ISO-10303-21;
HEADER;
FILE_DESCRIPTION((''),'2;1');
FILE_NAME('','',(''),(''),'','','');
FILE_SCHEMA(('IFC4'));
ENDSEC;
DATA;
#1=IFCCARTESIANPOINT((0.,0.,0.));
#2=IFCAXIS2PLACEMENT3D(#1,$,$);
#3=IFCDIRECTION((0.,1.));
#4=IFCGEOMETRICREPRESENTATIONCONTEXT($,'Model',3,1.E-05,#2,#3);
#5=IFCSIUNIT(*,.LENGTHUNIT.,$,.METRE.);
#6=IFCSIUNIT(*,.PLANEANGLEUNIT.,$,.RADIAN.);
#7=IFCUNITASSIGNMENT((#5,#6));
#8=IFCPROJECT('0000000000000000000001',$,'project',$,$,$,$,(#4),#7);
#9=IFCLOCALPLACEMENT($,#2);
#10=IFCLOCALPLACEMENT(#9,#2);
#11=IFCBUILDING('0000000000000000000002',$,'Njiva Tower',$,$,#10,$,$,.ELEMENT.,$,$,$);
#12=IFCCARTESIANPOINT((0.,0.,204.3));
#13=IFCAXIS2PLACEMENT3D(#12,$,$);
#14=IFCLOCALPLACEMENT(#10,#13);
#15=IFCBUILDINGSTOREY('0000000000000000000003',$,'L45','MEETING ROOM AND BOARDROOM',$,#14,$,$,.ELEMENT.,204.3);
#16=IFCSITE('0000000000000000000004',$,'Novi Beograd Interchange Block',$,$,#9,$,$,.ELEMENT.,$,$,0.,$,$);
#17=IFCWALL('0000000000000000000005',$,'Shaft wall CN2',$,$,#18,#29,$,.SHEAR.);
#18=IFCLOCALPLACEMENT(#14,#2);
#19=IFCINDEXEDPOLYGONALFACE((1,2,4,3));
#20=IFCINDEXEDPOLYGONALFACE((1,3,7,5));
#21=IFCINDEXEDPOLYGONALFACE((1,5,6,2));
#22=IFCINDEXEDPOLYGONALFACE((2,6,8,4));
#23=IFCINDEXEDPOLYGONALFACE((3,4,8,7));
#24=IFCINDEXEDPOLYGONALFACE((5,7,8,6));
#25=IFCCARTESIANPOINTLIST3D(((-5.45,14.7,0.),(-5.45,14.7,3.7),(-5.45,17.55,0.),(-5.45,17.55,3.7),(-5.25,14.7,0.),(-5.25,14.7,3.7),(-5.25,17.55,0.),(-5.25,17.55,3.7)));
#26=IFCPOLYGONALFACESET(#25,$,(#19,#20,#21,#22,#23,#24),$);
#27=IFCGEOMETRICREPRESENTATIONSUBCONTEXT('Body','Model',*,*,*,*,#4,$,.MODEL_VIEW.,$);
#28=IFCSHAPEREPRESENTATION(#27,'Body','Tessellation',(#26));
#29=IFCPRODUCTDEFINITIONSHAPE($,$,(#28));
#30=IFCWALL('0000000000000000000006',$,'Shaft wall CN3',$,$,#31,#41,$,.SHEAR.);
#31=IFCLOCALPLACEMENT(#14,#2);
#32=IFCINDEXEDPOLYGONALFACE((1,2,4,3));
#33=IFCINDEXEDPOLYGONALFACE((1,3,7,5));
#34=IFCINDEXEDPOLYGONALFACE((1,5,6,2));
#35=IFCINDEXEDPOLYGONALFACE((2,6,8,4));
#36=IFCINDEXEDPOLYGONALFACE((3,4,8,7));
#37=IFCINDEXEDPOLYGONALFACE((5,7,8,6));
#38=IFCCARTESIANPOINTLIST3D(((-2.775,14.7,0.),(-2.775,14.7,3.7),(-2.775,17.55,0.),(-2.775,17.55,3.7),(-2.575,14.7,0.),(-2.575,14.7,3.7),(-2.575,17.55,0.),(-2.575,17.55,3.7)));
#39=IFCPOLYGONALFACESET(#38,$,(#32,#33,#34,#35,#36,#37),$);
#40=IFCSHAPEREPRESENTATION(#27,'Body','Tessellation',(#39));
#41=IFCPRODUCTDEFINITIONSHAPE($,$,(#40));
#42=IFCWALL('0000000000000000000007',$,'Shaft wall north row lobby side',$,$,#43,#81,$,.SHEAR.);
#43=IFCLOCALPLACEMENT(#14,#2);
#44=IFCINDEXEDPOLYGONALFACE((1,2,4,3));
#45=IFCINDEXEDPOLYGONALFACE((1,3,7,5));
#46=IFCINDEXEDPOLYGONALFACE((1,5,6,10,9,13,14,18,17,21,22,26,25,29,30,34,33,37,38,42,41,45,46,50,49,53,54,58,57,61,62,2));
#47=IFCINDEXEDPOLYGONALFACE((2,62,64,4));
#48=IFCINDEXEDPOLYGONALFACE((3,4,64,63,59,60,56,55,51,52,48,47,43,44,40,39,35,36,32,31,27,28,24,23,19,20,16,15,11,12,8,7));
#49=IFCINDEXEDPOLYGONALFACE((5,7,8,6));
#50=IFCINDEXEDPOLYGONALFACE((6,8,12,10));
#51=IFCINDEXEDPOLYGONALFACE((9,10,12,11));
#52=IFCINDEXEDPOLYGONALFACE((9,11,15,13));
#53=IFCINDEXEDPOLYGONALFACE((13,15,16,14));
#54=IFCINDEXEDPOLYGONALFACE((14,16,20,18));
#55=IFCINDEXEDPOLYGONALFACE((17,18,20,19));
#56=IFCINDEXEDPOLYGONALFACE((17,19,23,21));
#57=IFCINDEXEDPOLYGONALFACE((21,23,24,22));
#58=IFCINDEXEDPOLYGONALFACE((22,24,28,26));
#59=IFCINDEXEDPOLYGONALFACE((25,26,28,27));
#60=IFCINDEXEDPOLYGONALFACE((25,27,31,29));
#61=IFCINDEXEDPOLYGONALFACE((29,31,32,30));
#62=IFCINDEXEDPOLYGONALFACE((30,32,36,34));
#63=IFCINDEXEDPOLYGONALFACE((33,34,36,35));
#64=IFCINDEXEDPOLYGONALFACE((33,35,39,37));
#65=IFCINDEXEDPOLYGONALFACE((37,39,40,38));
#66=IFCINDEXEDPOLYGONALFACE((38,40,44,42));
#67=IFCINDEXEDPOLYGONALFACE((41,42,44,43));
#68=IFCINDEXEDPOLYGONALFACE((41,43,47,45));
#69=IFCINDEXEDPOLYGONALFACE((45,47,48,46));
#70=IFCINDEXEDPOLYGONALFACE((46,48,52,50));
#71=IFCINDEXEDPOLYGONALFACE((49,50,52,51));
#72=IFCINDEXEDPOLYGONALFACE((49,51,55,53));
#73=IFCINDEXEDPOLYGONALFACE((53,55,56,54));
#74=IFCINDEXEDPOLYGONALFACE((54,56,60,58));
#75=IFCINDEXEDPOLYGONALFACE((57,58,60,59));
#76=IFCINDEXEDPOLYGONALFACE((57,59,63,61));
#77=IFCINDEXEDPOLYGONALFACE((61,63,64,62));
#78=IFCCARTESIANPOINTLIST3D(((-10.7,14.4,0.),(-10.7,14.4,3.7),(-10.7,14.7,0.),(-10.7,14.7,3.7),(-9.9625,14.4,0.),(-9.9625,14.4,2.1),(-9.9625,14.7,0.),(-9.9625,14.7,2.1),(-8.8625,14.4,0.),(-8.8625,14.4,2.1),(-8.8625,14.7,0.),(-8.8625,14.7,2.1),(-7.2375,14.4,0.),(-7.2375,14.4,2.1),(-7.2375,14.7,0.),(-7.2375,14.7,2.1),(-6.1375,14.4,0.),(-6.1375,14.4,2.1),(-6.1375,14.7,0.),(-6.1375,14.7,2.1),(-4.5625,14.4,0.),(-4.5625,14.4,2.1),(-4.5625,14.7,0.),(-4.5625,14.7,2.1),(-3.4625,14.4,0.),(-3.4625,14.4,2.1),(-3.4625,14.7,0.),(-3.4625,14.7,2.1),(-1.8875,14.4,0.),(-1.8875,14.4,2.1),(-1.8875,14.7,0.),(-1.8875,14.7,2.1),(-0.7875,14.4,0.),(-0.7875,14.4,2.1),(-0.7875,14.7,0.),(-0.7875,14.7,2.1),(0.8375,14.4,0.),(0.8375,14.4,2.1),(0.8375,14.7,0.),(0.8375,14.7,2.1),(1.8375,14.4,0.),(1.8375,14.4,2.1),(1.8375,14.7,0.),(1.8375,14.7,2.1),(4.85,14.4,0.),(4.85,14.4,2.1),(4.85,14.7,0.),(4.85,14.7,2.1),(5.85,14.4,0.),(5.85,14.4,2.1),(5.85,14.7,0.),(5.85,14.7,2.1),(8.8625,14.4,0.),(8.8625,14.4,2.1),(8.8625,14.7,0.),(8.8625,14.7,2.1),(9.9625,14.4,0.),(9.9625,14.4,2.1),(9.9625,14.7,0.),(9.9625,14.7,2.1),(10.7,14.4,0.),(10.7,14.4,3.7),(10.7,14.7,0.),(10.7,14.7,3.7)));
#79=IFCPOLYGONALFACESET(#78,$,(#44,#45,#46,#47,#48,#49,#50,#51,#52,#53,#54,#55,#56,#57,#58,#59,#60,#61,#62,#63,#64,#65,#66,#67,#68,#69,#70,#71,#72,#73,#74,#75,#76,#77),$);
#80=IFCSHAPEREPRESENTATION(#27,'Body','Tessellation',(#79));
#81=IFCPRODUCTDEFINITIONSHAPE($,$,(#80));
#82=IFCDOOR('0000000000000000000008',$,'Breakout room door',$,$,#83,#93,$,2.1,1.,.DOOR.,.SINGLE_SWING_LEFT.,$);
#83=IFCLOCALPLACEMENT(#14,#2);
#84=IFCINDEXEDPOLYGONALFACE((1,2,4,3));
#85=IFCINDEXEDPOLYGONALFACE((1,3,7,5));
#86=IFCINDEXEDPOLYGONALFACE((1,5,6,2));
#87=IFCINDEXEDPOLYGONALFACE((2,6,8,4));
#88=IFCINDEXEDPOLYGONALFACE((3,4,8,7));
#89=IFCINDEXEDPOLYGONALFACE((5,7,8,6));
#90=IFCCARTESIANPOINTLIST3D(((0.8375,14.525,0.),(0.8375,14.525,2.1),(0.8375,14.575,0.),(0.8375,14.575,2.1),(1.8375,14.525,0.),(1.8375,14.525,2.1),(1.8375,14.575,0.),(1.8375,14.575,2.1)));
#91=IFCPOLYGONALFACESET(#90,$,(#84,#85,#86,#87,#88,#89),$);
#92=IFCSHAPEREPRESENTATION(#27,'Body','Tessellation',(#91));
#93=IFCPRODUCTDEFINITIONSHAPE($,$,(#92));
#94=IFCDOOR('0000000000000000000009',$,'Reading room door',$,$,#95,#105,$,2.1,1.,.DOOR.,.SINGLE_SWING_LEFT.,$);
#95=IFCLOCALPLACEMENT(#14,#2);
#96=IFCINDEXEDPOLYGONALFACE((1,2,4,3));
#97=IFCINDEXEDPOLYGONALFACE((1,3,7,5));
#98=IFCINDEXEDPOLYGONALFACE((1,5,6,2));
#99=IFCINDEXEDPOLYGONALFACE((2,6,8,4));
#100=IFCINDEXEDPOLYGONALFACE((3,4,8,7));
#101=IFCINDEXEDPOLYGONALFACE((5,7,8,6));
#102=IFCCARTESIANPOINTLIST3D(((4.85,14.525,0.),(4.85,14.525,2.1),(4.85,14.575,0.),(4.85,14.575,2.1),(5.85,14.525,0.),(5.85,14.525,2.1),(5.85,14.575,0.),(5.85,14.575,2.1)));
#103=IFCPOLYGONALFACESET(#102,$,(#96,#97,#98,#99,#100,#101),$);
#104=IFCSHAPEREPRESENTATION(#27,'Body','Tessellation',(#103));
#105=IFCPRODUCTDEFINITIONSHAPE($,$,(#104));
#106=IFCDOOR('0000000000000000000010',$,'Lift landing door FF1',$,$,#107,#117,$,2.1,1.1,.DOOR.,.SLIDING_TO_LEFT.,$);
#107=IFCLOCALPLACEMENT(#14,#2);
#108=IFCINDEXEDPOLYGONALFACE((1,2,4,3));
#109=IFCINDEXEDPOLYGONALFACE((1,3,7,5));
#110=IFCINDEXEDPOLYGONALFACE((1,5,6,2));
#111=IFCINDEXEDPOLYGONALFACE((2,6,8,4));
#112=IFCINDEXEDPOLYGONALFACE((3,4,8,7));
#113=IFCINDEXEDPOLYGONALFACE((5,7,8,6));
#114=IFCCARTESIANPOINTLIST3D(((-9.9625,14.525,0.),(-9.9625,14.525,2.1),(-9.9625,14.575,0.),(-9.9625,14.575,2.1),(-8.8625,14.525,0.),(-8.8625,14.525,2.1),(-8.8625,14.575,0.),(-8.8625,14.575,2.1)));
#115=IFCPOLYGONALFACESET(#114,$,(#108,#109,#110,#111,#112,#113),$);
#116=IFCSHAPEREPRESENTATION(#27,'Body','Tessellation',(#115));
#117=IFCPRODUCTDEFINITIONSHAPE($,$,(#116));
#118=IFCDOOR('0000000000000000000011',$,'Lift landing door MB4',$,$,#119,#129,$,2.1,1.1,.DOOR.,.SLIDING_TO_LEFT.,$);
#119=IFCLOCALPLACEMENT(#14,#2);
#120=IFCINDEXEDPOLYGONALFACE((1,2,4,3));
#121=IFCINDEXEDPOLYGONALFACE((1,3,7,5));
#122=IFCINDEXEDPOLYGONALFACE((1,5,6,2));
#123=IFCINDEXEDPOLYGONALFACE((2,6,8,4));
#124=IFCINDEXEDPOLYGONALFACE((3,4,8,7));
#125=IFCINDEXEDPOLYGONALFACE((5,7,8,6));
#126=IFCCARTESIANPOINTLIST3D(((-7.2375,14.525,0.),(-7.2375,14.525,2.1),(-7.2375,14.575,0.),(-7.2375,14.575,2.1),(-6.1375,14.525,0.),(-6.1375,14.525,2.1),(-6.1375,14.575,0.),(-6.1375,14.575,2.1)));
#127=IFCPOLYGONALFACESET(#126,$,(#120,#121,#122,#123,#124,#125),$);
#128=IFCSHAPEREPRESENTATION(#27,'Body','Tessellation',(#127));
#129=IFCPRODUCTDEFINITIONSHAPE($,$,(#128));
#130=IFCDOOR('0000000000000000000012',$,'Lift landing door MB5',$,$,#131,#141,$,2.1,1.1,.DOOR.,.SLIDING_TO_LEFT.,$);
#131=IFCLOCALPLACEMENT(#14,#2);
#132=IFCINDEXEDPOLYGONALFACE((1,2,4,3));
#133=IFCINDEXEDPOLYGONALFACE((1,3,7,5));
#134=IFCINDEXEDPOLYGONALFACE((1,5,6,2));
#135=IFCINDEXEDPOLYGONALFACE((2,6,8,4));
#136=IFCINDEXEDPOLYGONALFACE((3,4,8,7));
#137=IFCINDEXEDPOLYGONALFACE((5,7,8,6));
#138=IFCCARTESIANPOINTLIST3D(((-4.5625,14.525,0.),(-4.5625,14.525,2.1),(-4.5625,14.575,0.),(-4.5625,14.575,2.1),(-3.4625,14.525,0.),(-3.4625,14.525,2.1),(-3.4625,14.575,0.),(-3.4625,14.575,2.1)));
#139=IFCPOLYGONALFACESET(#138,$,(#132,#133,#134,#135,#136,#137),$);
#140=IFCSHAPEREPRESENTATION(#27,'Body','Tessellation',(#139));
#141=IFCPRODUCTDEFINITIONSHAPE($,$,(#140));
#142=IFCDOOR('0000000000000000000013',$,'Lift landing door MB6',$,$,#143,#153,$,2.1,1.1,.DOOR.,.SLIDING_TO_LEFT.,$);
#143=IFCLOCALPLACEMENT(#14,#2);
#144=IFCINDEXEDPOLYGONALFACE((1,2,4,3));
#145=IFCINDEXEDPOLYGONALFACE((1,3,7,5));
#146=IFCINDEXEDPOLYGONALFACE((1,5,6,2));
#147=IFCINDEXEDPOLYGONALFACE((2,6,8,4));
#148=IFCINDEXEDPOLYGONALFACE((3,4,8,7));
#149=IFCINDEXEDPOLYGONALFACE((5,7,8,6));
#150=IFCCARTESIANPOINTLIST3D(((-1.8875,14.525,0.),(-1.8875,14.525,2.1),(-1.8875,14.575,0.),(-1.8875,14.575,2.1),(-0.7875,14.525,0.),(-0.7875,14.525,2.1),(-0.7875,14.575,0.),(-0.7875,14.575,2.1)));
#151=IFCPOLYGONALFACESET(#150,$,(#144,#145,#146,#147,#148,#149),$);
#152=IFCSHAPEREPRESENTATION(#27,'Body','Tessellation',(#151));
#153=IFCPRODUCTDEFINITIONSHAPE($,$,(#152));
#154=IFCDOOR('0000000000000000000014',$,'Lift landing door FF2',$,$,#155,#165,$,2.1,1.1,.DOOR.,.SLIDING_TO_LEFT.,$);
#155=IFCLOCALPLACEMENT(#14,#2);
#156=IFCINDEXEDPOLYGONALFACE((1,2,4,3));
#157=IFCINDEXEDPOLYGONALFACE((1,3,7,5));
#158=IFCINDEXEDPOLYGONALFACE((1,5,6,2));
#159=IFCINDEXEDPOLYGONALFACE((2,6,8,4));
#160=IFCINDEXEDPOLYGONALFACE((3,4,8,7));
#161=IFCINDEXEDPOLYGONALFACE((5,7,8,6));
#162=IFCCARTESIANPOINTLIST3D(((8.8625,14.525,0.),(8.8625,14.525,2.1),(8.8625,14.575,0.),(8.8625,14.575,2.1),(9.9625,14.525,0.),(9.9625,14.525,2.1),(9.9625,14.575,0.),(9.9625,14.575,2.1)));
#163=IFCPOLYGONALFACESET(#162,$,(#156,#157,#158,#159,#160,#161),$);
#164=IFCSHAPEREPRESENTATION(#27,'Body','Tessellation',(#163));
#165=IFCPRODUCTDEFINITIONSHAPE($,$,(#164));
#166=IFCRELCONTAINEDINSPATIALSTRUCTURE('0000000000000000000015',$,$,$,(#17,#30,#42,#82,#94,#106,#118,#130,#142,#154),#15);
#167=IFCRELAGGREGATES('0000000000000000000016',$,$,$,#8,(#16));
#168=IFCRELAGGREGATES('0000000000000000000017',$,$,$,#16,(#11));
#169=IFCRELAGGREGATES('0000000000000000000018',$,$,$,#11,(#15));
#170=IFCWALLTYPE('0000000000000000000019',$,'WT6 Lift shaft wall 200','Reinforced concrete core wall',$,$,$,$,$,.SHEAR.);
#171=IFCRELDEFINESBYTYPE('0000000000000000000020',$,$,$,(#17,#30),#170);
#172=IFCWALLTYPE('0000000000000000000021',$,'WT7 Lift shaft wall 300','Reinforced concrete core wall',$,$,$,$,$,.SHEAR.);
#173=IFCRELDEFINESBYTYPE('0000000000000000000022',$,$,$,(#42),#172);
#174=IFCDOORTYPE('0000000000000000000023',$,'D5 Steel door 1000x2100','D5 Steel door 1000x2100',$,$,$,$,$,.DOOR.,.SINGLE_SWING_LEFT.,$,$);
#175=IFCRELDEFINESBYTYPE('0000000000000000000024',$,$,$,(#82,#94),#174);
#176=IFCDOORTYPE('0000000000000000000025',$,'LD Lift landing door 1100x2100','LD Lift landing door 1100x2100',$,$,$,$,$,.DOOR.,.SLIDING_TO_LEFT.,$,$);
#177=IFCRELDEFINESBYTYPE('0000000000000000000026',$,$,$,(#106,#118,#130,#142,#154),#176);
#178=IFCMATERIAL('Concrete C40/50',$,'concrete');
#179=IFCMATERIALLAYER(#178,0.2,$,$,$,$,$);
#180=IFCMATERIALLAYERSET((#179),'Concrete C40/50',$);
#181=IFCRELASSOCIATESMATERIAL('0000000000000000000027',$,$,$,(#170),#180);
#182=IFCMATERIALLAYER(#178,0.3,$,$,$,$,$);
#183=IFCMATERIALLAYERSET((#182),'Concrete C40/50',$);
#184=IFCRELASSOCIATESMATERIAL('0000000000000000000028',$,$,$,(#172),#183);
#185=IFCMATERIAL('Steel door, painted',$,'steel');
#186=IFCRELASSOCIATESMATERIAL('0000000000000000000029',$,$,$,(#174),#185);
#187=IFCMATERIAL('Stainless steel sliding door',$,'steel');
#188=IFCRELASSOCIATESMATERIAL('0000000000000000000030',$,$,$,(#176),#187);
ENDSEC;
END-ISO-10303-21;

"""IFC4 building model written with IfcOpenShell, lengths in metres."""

from ifc_helpers import new_model, si_unit, direction, frame, frame_2d, origin, place, context, subcontext, project, spatial, rectangle, extrude, material, layer, layer_set, type_object, element, fill, save


model = new_model("IFC4")

# Units and contexts
model_context = context("Model", 3, precision=1e-05, world=origin(), true_north=direction((0.0, 1.0)))
body_context = subcontext(model_context, "Body", "Model", "MODEL_VIEW")
ifc_project = project(units=[si_unit("LENGTHUNIT", "METRE"), si_unit("PLANEANGLEUNIT", "RADIAN")], contexts=[model_context])

# Site, building, storey
site_placement = place(None, origin())
site = spatial("IfcSite", under=ifc_project, at=site_placement, Name="Novi Beograd Interchange Block", CompositionType="ELEMENT", RefElevation=0.0)
building_placement = place(site_placement, origin())
building = spatial("IfcBuilding", under=site, at=building_placement, Name="Njiva Tower", CompositionType="ELEMENT")
storey_placement = place(building_placement, frame((0.0, 0.0, 204.3)))
storey = spatial("IfcBuildingStorey", under=building, at=storey_placement, Name="L45", Description="MEETING ROOM AND BOARDROOM", CompositionType="ELEMENT", Elevation=204.3)

# Walls
ifc_material_1 = material(Name="Concrete C40/50", Category="concrete")
ifc_layer_1 = layer(ifc_material_1, 0.2)
ifc_layer_set_1 = layer_set([ifc_layer_1], Name="Concrete C40/50")
wall_type_1 = type_object("IfcWallType", Name="WT6 Lift shaft wall 200", Description="Reinforced concrete core wall", PredefinedType="SHEAR", material=ifc_layer_set_1)
for number, where, z_axis, x_axis, name in (
    (1, (-5.35, 14.7, 0.0), (0.0, 0.0, 1.0), (0.0, 1.0, 0.0), "Shaft wall CN2"),
    (2, (-2.675, 14.7, 0.0), (0.0, 0.0, 1.0), (0.0, 1.0, 0.0), "Shaft wall CN3"),
):
    element("IfcWall", number, at=place(storey_placement, frame(where, z_axis=z_axis, x_axis=x_axis)), inside=storey, type_object=wall_type_1, Name=name, PredefinedType="SHEAR", context=body_context, shape_type="SweptSolid", body=[
        extrude(rectangle(XDim=2.85, YDim=0.2, at=frame_2d((1.425, 0.0))), origin(), (0.0, 0.0, 1.0), 3.7),
    ])

# Wall, openings, doors
ifc_layer_2 = layer(ifc_material_1, 0.3)
ifc_layer_set_2 = layer_set([ifc_layer_2], Name="Concrete C40/50")
wall_type_2 = type_object("IfcWallType", Name="WT7 Lift shaft wall 300", Description="Reinforced concrete core wall", PredefinedType="SHEAR", material=ifc_layer_set_2)
wall_1_placement = place(storey_placement, frame((-10.7, 14.55, 0.0), z_axis=(0.0, 0.0, 1.0), x_axis=(1.0, 0.0, 0.0)))
wall_1 = element("IfcWall", 3, at=wall_1_placement, inside=storey, type_object=wall_type_2, Name="Shaft wall north row lobby side", PredefinedType="SHEAR", context=body_context, shape_type="SweptSolid", body=[
    extrude(rectangle(XDim=21.4, YDim=0.3, at=frame_2d((10.7, 0.0))), origin(), (0.0, 0.0, 1.0), 3.7),
])
opening_1_placement = place(wall_1_placement, frame((0.7375, 0.0, 0.0)))
opening_1 = element("IfcOpeningElement", 4, at=opening_1_placement, cuts=wall_1, PredefinedType="OPENING", context=body_context, shape_type="SweptSolid", body=[
    extrude(rectangle(XDim=1.1, YDim=2.1, at=frame_2d((0.55, 1.05))), frame((0.0, 0.16, 0.0), z_axis=(0.0, -1.0, 0.0), x_axis=(1.0, 0.0, 0.0)), (0.0, 0.0, 1.0), 0.32),
])
opening_2_placement = place(wall_1_placement, frame((3.4625, 0.0, 0.0)))
opening_2 = element("IfcOpeningElement", 5, at=opening_2_placement, cuts=wall_1, PredefinedType="OPENING", context=body_context, shape_type="SweptSolid", body=[
    extrude(rectangle(XDim=1.1, YDim=2.1, at=frame_2d((0.55, 1.05))), frame((0.0, 0.16, 0.0), z_axis=(0.0, -1.0, 0.0), x_axis=(1.0, 0.0, 0.0)), (0.0, 0.0, 1.0), 0.32),
])
opening_3_placement = place(wall_1_placement, frame((6.1375, 0.0, 0.0)))
opening_3 = element("IfcOpeningElement", 6, at=opening_3_placement, cuts=wall_1, PredefinedType="OPENING", context=body_context, shape_type="SweptSolid", body=[
    extrude(rectangle(XDim=1.1, YDim=2.1, at=frame_2d((0.55, 1.05))), frame((0.0, 0.16, 0.0), z_axis=(0.0, -1.0, 0.0), x_axis=(1.0, 0.0, 0.0)), (0.0, 0.0, 1.0), 0.32),
])
opening_4_placement = place(wall_1_placement, frame((8.8125, 0.0, 0.0)))
opening_4 = element("IfcOpeningElement", 7, at=opening_4_placement, cuts=wall_1, PredefinedType="OPENING", context=body_context, shape_type="SweptSolid", body=[
    extrude(rectangle(XDim=1.1, YDim=2.1, at=frame_2d((0.55, 1.05))), frame((0.0, 0.16, 0.0), z_axis=(0.0, -1.0, 0.0), x_axis=(1.0, 0.0, 0.0)), (0.0, 0.0, 1.0), 0.32),
])
opening_5_placement = place(wall_1_placement, frame((19.5625, 0.0, 0.0)))
opening_5 = element("IfcOpeningElement", 8, at=opening_5_placement, cuts=wall_1, PredefinedType="OPENING", context=body_context, shape_type="SweptSolid", body=[
    extrude(rectangle(XDim=1.1, YDim=2.1, at=frame_2d((0.55, 1.05))), frame((0.0, 0.16, 0.0), z_axis=(0.0, -1.0, 0.0), x_axis=(1.0, 0.0, 0.0)), (0.0, 0.0, 1.0), 0.32),
])
opening_6_placement = place(wall_1_placement, frame((11.5375, 0.0, 0.0)))
opening_6 = element("IfcOpeningElement", 9, at=opening_6_placement, cuts=wall_1, PredefinedType="OPENING", context=body_context, shape_type="SweptSolid", body=[
    extrude(rectangle(XDim=1.0, YDim=2.1, at=frame_2d((0.5, 1.05))), frame((0.0, 0.16, 0.0), z_axis=(0.0, -1.0, 0.0), x_axis=(1.0, 0.0, 0.0)), (0.0, 0.0, 1.0), 0.32),
])
opening_7_placement = place(wall_1_placement, frame((15.55, 0.0, 0.0)))
opening_7 = element("IfcOpeningElement", 10, at=opening_7_placement, cuts=wall_1, PredefinedType="OPENING", context=body_context, shape_type="SweptSolid", body=[
    extrude(rectangle(XDim=1.0, YDim=2.1, at=frame_2d((0.5, 1.05))), frame((0.0, 0.16, 0.0), z_axis=(0.0, -1.0, 0.0), x_axis=(1.0, 0.0, 0.0)), (0.0, 0.0, 1.0), 0.32),
])
ifc_material_2 = material(Name="Steel door, painted", Category="steel")
door_type_1 = type_object("IfcDoorType", Name="D5 Steel door 1000x2100", Description="D5 Steel door 1000x2100", OperationType="SINGLE_SWING_LEFT", PredefinedType="DOOR", material=ifc_material_2)
door_1_placement = place(opening_6_placement, origin())
door_1 = element("IfcDoor", 11, at=door_1_placement, inside=storey, type_object=door_type_1, Name="Breakout room door", OperationType="SINGLE_SWING_LEFT", OverallHeight=2.1, OverallWidth=1.0, PredefinedType="DOOR", context=body_context, shape_type="SweptSolid", body=[
    extrude(rectangle(XDim=1.0, YDim=2.1, at=frame_2d((0.5, 1.05))), frame((0.0, 0.025, 0.0), z_axis=(0.0, -1.0, 0.0), x_axis=(1.0, 0.0, 0.0)), (0.0, 0.0, 1.0), 0.05),
])
fill(opening_6, door_1)
door_2_placement = place(opening_7_placement, origin())
door_2 = element("IfcDoor", 12, at=door_2_placement, inside=storey, type_object=door_type_1, Name="Reading room door", OperationType="SINGLE_SWING_LEFT", OverallHeight=2.1, OverallWidth=1.0, PredefinedType="DOOR", context=body_context, shape_type="SweptSolid", body=[
    extrude(rectangle(XDim=1.0, YDim=2.1, at=frame_2d((0.5, 1.05))), frame((0.0, 0.025, 0.0), z_axis=(0.0, -1.0, 0.0), x_axis=(1.0, 0.0, 0.0)), (0.0, 0.0, 1.0), 0.05),
])
fill(opening_7, door_2)
ifc_material_3 = material(Name="Stainless steel sliding door", Category="steel")
door_type_2 = type_object("IfcDoorType", Name="LD Lift landing door 1100x2100", Description="LD Lift landing door 1100x2100", OperationType="SLIDING_TO_LEFT", PredefinedType="DOOR", material=ifc_material_3)
door_3_placement = place(opening_1_placement, origin())
door_3 = element("IfcDoor", 13, at=door_3_placement, inside=storey, type_object=door_type_2, Name="Lift landing door FF1", OperationType="SLIDING_TO_LEFT", OverallHeight=2.1, OverallWidth=1.1, PredefinedType="DOOR", context=body_context, shape_type="SweptSolid", body=[
    extrude(rectangle(XDim=1.1, YDim=2.1, at=frame_2d((0.55, 1.05))), frame((0.0, 0.025, 0.0), z_axis=(0.0, -1.0, 0.0), x_axis=(1.0, 0.0, 0.0)), (0.0, 0.0, 1.0), 0.05),
])
fill(opening_1, door_3)
door_4_placement = place(opening_2_placement, origin())
door_4 = element("IfcDoor", 14, at=door_4_placement, inside=storey, type_object=door_type_2, Name="Lift landing door MB4", OperationType="SLIDING_TO_LEFT", OverallHeight=2.1, OverallWidth=1.1, PredefinedType="DOOR", context=body_context, shape_type="SweptSolid", body=[
    extrude(rectangle(XDim=1.1, YDim=2.1, at=frame_2d((0.55, 1.05))), frame((0.0, 0.025, 0.0), z_axis=(0.0, -1.0, 0.0), x_axis=(1.0, 0.0, 0.0)), (0.0, 0.0, 1.0), 0.05),
])
fill(opening_2, door_4)
door_5_placement = place(opening_3_placement, origin())
door_5 = element("IfcDoor", 15, at=door_5_placement, inside=storey, type_object=door_type_2, Name="Lift landing door MB5", OperationType="SLIDING_TO_LEFT", OverallHeight=2.1, OverallWidth=1.1, PredefinedType="DOOR", context=body_context, shape_type="SweptSolid", body=[
    extrude(rectangle(XDim=1.1, YDim=2.1, at=frame_2d((0.55, 1.05))), frame((0.0, 0.025, 0.0), z_axis=(0.0, -1.0, 0.0), x_axis=(1.0, 0.0, 0.0)), (0.0, 0.0, 1.0), 0.05),
])
fill(opening_3, door_5)
door_6_placement = place(opening_4_placement, origin())
door_6 = element("IfcDoor", 16, at=door_6_placement, inside=storey, type_object=door_type_2, Name="Lift landing door MB6", OperationType="SLIDING_TO_LEFT", OverallHeight=2.1, OverallWidth=1.1, PredefinedType="DOOR", context=body_context, shape_type="SweptSolid", body=[
    extrude(rectangle(XDim=1.1, YDim=2.1, at=frame_2d((0.55, 1.05))), frame((0.0, 0.025, 0.0), z_axis=(0.0, -1.0, 0.0), x_axis=(1.0, 0.0, 0.0)), (0.0, 0.0, 1.0), 0.05),
])
fill(opening_4, door_6)
door_7_placement = place(opening_5_placement, origin())
door_7 = element("IfcDoor", 17, at=door_7_placement, inside=storey, type_object=door_type_2, Name="Lift landing door FF2", OperationType="SLIDING_TO_LEFT", OverallHeight=2.1, OverallWidth=1.1, PredefinedType="DOOR", context=body_context, shape_type="SweptSolid", body=[
    extrude(rectangle(XDim=1.1, YDim=2.1, at=frame_2d((0.55, 1.05))), frame((0.0, 0.025, 0.0), z_axis=(0.0, -1.0, 0.0), x_axis=(1.0, 0.0, 0.0)), (0.0, 0.0, 1.0), 0.05),
])
fill(opening_5, door_7)

save(model, "model.ifc")
